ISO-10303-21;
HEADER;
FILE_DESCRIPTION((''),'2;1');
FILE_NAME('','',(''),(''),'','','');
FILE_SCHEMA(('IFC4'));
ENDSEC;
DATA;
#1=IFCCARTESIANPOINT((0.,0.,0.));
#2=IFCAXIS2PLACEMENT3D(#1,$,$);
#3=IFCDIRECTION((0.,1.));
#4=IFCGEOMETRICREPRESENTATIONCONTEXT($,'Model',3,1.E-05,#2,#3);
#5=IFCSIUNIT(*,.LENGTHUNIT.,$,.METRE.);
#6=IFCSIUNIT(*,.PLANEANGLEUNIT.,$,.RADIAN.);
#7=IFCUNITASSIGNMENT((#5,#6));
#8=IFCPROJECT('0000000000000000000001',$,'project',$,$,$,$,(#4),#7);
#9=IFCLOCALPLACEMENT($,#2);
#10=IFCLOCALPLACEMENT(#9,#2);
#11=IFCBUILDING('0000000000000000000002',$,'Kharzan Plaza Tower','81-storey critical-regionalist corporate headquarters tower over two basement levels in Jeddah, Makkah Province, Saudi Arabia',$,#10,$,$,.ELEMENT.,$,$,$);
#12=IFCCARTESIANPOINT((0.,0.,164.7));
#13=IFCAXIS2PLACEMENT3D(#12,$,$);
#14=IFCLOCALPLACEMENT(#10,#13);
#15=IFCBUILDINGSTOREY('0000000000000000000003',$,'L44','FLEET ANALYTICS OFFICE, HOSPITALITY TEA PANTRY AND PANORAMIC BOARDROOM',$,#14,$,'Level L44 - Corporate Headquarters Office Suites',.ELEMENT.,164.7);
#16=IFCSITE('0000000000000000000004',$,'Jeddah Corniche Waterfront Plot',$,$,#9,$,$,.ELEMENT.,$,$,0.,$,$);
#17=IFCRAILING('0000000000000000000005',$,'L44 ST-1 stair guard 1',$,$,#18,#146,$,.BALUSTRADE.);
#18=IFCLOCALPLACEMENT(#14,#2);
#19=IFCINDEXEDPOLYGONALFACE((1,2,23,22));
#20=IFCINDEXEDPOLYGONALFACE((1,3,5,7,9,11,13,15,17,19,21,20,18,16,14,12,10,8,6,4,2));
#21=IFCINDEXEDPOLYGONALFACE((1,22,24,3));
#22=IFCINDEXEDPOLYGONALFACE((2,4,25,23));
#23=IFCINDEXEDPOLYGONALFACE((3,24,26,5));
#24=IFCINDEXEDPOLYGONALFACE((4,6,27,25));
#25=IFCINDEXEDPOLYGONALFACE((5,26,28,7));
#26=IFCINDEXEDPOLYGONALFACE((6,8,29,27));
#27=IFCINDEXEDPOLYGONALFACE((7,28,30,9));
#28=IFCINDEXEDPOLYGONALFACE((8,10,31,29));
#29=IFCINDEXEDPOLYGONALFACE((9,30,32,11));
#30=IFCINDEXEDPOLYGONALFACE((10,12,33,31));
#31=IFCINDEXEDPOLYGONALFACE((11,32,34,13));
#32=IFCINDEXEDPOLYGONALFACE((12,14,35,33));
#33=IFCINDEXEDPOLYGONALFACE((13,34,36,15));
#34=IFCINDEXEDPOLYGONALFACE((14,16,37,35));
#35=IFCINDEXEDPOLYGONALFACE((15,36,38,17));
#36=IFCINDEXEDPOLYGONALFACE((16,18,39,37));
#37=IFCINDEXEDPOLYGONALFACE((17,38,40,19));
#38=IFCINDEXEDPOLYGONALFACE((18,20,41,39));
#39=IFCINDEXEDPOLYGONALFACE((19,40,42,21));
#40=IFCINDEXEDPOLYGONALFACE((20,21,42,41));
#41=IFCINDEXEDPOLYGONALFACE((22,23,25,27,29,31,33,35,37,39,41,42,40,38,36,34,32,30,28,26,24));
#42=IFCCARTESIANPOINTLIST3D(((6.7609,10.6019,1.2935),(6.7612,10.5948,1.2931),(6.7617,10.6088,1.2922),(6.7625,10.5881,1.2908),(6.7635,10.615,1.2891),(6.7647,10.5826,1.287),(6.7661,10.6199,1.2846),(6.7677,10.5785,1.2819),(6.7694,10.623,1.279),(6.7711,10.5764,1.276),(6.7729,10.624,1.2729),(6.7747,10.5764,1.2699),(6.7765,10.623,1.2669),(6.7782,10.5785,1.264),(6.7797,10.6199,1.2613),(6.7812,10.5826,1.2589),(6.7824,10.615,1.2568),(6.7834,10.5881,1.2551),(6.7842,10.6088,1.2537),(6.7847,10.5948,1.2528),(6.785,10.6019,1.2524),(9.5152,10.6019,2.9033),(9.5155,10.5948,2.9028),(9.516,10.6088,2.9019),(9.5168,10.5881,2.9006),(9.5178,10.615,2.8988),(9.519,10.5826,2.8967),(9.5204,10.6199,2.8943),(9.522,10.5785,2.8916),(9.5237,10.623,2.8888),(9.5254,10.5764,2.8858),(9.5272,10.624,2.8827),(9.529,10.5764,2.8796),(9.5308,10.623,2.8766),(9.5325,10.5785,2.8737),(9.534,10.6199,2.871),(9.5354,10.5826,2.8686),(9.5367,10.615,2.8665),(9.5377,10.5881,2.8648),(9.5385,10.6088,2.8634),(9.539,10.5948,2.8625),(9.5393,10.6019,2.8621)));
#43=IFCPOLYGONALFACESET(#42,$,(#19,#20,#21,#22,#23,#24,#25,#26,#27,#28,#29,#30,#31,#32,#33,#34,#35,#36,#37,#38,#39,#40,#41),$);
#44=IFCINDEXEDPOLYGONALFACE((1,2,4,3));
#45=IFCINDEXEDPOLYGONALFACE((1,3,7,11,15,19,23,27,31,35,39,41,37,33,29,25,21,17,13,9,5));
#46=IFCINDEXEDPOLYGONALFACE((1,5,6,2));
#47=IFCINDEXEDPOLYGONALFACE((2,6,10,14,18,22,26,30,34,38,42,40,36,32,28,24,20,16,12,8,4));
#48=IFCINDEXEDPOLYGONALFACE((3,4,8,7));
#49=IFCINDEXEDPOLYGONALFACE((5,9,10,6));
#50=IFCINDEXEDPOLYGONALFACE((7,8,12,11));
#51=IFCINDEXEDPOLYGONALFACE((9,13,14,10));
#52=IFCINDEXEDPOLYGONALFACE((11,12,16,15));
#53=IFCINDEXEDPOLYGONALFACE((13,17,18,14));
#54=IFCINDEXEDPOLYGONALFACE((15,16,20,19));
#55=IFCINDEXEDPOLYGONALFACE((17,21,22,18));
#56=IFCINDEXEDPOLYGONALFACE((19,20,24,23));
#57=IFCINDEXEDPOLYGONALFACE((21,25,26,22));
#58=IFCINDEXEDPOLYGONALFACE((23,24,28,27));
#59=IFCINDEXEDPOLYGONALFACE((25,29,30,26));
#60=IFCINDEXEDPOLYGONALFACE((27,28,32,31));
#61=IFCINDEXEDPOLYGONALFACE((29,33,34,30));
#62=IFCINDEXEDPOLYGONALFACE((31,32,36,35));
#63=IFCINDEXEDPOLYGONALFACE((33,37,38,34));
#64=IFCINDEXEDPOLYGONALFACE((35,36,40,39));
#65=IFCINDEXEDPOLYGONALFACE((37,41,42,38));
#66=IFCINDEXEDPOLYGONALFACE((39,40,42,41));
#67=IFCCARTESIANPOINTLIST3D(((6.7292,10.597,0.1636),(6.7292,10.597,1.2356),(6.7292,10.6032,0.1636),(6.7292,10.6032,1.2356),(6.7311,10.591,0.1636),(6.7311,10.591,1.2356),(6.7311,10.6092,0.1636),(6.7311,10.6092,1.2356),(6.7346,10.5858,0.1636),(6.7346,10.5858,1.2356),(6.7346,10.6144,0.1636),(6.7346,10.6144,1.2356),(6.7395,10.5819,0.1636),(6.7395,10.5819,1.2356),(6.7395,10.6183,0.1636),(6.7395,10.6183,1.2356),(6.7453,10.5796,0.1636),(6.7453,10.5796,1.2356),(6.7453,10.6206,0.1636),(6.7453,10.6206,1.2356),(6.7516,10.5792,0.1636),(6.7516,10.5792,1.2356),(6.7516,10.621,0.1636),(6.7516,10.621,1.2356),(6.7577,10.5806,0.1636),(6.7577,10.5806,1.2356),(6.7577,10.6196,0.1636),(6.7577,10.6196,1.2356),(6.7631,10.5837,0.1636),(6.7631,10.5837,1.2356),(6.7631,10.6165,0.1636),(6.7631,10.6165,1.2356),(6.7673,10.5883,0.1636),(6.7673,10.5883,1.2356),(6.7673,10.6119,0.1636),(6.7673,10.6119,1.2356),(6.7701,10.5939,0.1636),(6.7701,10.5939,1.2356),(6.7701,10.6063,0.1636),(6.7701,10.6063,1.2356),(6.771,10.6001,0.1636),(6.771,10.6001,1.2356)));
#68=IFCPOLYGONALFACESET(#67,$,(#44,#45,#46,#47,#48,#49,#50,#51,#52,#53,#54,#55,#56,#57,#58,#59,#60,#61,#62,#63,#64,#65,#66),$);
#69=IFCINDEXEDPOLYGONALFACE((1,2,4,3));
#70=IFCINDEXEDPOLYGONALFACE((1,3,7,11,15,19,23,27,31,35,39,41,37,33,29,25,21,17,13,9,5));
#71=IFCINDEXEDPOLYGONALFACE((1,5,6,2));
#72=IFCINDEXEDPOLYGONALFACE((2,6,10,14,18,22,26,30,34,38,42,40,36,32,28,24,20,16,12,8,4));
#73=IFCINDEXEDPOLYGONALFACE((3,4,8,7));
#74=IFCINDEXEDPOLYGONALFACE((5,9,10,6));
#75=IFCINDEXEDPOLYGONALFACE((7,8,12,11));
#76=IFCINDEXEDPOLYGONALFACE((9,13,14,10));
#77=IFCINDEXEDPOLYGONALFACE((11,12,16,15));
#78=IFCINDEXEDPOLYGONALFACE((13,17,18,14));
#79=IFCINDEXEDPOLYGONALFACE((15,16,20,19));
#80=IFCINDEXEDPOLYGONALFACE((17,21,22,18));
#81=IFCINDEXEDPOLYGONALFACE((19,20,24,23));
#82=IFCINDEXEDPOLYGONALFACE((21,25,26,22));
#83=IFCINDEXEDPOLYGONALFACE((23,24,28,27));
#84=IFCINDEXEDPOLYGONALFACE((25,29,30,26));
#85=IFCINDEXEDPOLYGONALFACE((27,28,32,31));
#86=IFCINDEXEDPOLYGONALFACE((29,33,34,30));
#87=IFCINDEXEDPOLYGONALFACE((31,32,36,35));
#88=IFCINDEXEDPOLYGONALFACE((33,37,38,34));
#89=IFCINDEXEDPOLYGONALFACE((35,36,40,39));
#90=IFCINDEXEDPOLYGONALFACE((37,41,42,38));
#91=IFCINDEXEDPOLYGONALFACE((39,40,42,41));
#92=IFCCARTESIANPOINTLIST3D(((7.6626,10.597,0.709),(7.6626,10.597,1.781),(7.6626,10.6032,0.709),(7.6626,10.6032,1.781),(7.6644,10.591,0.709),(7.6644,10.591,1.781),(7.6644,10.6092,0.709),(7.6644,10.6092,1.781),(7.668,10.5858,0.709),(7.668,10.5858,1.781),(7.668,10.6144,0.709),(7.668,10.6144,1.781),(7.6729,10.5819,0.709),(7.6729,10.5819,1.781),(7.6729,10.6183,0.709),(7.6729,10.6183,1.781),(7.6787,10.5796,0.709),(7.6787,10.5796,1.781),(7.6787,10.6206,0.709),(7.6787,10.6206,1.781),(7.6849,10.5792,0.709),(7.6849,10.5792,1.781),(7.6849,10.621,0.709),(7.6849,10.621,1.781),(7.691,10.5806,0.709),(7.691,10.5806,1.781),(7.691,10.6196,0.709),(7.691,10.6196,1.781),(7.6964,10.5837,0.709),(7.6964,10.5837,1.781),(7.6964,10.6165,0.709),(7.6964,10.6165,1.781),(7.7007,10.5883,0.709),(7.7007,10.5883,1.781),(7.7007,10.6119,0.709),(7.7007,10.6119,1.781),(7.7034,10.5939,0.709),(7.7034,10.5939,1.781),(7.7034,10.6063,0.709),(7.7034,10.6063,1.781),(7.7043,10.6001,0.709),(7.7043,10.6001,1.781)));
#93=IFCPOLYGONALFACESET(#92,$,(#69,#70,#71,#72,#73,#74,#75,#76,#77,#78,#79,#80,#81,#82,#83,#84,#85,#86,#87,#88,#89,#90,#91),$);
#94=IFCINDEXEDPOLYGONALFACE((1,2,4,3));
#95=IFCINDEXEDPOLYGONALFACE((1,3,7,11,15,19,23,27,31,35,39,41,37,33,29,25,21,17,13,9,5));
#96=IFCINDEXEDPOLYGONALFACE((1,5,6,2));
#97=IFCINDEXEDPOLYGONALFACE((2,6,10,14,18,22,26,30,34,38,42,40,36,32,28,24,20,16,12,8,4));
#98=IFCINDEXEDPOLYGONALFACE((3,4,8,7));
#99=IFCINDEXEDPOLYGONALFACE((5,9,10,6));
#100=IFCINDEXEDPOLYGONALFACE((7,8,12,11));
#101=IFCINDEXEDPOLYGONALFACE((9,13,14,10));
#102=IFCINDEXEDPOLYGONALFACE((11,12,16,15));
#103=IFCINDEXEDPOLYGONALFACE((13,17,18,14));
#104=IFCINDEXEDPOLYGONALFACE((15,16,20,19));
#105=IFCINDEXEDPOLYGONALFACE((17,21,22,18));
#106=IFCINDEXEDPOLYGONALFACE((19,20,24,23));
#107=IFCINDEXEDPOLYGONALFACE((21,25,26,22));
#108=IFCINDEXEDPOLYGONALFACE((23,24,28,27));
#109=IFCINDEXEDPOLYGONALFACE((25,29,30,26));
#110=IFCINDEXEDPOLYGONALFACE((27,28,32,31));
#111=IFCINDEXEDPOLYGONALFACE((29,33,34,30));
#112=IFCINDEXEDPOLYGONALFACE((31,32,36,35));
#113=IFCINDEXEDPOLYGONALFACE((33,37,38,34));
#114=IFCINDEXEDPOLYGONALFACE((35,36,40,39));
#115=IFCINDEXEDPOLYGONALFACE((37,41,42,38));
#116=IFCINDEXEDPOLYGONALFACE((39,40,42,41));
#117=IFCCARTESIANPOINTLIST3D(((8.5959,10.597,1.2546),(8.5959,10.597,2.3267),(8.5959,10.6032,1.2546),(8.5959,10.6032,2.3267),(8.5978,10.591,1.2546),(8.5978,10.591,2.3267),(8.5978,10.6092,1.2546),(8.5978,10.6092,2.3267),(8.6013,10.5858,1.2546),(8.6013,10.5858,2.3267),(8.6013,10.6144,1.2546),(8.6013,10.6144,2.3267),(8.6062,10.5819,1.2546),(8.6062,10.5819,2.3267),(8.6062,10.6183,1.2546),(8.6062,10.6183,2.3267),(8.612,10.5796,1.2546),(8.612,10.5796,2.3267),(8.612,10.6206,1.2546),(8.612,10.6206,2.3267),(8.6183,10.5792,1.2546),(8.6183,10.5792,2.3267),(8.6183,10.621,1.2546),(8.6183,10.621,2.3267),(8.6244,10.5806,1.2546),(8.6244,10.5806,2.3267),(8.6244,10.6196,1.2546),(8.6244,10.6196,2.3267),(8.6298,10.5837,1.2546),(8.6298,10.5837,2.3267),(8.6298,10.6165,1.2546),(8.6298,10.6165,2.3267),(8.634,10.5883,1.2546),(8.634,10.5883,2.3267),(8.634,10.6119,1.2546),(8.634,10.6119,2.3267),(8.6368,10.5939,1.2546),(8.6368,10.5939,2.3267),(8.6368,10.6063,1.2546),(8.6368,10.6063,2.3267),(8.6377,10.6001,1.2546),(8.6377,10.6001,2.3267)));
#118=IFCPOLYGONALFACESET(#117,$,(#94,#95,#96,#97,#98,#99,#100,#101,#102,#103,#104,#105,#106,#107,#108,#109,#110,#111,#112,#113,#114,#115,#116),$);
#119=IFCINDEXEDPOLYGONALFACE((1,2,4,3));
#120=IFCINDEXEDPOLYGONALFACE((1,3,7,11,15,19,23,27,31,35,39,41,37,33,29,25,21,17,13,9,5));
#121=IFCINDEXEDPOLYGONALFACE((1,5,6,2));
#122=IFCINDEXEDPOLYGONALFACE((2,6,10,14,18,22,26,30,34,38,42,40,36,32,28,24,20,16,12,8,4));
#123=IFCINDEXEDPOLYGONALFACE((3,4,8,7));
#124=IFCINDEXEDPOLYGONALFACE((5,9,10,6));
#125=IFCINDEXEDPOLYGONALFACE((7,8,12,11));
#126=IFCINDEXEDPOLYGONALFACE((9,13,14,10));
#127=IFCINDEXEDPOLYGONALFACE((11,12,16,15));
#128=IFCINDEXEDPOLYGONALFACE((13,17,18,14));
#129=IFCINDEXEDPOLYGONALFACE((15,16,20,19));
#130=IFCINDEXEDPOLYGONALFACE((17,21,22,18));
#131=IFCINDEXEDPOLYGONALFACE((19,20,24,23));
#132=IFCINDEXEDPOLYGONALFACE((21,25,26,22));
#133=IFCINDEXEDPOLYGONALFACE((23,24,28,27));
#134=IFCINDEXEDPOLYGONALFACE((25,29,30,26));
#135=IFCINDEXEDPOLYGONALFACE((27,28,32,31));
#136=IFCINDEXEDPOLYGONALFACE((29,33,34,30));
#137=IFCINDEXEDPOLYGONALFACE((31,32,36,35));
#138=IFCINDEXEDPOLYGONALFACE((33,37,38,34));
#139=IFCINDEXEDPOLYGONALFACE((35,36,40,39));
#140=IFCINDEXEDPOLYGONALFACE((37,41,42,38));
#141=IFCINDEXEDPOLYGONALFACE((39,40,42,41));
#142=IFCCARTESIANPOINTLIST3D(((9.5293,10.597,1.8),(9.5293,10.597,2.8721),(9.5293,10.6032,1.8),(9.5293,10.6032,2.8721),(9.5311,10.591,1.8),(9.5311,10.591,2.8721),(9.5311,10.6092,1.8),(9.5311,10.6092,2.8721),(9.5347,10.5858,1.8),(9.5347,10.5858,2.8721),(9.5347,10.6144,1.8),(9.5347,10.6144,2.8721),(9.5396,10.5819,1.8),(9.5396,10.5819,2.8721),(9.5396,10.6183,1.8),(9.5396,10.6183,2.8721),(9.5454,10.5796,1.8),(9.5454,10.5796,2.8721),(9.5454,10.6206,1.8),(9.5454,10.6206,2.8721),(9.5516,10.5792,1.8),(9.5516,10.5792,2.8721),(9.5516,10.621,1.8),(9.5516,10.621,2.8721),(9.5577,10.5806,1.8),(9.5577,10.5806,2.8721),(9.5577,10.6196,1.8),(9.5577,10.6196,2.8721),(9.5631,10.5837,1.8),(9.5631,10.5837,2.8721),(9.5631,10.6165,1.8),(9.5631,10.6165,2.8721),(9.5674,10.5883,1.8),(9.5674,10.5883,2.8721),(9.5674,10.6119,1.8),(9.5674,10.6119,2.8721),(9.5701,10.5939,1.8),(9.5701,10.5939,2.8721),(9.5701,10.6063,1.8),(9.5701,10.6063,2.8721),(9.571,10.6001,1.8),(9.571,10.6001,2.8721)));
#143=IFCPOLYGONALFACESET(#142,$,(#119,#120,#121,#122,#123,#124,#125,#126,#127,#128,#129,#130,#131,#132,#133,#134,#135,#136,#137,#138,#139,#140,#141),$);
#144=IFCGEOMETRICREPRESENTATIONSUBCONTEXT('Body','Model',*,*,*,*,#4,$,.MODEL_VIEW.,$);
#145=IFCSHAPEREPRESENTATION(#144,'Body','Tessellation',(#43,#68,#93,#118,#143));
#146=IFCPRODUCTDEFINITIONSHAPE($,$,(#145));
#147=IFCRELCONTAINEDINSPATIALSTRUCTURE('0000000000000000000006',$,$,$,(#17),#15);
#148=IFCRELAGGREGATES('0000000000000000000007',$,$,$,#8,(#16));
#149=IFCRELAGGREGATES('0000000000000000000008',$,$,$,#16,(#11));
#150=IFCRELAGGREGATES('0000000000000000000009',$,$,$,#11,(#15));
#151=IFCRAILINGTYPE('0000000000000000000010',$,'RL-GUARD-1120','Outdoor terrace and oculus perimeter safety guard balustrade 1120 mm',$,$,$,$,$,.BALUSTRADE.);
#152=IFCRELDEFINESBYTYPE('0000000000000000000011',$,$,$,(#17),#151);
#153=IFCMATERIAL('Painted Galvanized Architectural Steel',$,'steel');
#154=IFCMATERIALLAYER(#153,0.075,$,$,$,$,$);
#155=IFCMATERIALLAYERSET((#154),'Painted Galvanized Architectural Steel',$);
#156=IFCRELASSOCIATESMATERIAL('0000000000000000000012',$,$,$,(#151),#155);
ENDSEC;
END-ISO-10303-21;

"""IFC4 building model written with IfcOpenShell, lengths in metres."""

from ifc_helpers import new_model, si_unit, direction, frame, origin, origin_2d, place, context, subcontext, project, spatial, circle, extrude, source, transform, mapped, material, layer, layer_set, type_object, element, save


model = new_model("IFC4")

# Units and contexts
model_context = context("Model", 3, precision=1e-05, world=origin(), true_north=direction((0.0, 1.0)))
body_context = subcontext(model_context, "Body", "Model", "MODEL_VIEW")
ifc_project = project(units=[si_unit("LENGTHUNIT", "METRE"), si_unit("PLANEANGLEUNIT", "RADIAN")], contexts=[model_context])

# Site, building, storey
site_placement = place(None, origin())
site = spatial("IfcSite", under=ifc_project, at=site_placement, Name="Jeddah Corniche Waterfront Plot", CompositionType="ELEMENT", RefElevation=0.0)
building_placement = place(site_placement, origin())
building = spatial("IfcBuilding", under=site, at=building_placement, Name="Kharzan Plaza Tower", Description="81-storey critical-regionalist corporate headquarters tower over two basement levels in Jeddah, Makkah Province, Saudi Arabia", CompositionType="ELEMENT")
storey_placement = place(building_placement, frame((0.0, 0.0, 164.7)))
storey = spatial("IfcBuildingStorey", under=building, at=storey_placement, Name="L44", Description="FLEET ANALYTICS OFFICE, HOSPITALITY TEA PANTRY AND PANORAMIC BOARDROOM", LongName="Level L44 - Corporate Headquarters Office Suites", CompositionType="ELEMENT", Elevation=164.7)

# Shared definitions
ifc_material_1 = material(Name="Painted Galvanized Architectural Steel", Category="steel")
ifc_layer_1 = layer(ifc_material_1, 0.075)
ifc_layer_set_1 = layer_set([ifc_layer_1], Name="Painted Galvanized Architectural Steel")
railing_type_1 = type_object("IfcRailingType", Name="RL-GUARD-1120", Description="Outdoor terrace and oculus perimeter safety guard balustrade 1120 mm", PredefinedType="BALUSTRADE", material=ifc_layer_set_1)

# Railing
shared_shape_1 = source(origin(), body_context, "Body", "SweptSolid", [
    extrude(circle(Radius=0.0239, at=origin_2d()), frame((0.0229, 0.0, 1.1094), z_axis=(0.863361, 0.0, 0.504587), x_axis=(0.0, 1.0, 0.0)), (0.0, 0.0, 1.0), 3.1902),
    extrude(circle(Radius=0.021, at=origin_2d()), origin(), (0.0, 0.0, 1.0), 1.072),
    extrude(circle(Radius=0.021, at=origin_2d()), frame((0.9333, 0.0, 0.5454)), (0.0, 0.0, 1.0), 1.072),
    extrude(circle(Radius=0.021, at=origin_2d()), frame((1.8667, 0.0, 1.0911)), (0.0, 0.0, 1.0), 1.072),
    extrude(circle(Radius=0.021, at=origin_2d()), frame((2.8, 0.0, 1.6365)), (0.0, 0.0, 1.0), 1.072),
])
railing_1_placement = place(storey_placement, frame((6.75, 10.6001, 0.1636)))
element("IfcRailing", 1, at=railing_1_placement, inside=storey, type_object=railing_type_1, Name="L44 ST-1 stair guard 1", PredefinedType="BALUSTRADE", context=body_context, shape_type="MappedRepresentation", body=[
    mapped(shared_shape_1, transform((0.0, 0.0, 0.0), x_axis=(1.0, 0.0, 0.0), y_axis=(0.0, 1.0, 0.0), z_axis=(0.0, 0.0, 1.0))),
])

save(model, "model.ifc")
